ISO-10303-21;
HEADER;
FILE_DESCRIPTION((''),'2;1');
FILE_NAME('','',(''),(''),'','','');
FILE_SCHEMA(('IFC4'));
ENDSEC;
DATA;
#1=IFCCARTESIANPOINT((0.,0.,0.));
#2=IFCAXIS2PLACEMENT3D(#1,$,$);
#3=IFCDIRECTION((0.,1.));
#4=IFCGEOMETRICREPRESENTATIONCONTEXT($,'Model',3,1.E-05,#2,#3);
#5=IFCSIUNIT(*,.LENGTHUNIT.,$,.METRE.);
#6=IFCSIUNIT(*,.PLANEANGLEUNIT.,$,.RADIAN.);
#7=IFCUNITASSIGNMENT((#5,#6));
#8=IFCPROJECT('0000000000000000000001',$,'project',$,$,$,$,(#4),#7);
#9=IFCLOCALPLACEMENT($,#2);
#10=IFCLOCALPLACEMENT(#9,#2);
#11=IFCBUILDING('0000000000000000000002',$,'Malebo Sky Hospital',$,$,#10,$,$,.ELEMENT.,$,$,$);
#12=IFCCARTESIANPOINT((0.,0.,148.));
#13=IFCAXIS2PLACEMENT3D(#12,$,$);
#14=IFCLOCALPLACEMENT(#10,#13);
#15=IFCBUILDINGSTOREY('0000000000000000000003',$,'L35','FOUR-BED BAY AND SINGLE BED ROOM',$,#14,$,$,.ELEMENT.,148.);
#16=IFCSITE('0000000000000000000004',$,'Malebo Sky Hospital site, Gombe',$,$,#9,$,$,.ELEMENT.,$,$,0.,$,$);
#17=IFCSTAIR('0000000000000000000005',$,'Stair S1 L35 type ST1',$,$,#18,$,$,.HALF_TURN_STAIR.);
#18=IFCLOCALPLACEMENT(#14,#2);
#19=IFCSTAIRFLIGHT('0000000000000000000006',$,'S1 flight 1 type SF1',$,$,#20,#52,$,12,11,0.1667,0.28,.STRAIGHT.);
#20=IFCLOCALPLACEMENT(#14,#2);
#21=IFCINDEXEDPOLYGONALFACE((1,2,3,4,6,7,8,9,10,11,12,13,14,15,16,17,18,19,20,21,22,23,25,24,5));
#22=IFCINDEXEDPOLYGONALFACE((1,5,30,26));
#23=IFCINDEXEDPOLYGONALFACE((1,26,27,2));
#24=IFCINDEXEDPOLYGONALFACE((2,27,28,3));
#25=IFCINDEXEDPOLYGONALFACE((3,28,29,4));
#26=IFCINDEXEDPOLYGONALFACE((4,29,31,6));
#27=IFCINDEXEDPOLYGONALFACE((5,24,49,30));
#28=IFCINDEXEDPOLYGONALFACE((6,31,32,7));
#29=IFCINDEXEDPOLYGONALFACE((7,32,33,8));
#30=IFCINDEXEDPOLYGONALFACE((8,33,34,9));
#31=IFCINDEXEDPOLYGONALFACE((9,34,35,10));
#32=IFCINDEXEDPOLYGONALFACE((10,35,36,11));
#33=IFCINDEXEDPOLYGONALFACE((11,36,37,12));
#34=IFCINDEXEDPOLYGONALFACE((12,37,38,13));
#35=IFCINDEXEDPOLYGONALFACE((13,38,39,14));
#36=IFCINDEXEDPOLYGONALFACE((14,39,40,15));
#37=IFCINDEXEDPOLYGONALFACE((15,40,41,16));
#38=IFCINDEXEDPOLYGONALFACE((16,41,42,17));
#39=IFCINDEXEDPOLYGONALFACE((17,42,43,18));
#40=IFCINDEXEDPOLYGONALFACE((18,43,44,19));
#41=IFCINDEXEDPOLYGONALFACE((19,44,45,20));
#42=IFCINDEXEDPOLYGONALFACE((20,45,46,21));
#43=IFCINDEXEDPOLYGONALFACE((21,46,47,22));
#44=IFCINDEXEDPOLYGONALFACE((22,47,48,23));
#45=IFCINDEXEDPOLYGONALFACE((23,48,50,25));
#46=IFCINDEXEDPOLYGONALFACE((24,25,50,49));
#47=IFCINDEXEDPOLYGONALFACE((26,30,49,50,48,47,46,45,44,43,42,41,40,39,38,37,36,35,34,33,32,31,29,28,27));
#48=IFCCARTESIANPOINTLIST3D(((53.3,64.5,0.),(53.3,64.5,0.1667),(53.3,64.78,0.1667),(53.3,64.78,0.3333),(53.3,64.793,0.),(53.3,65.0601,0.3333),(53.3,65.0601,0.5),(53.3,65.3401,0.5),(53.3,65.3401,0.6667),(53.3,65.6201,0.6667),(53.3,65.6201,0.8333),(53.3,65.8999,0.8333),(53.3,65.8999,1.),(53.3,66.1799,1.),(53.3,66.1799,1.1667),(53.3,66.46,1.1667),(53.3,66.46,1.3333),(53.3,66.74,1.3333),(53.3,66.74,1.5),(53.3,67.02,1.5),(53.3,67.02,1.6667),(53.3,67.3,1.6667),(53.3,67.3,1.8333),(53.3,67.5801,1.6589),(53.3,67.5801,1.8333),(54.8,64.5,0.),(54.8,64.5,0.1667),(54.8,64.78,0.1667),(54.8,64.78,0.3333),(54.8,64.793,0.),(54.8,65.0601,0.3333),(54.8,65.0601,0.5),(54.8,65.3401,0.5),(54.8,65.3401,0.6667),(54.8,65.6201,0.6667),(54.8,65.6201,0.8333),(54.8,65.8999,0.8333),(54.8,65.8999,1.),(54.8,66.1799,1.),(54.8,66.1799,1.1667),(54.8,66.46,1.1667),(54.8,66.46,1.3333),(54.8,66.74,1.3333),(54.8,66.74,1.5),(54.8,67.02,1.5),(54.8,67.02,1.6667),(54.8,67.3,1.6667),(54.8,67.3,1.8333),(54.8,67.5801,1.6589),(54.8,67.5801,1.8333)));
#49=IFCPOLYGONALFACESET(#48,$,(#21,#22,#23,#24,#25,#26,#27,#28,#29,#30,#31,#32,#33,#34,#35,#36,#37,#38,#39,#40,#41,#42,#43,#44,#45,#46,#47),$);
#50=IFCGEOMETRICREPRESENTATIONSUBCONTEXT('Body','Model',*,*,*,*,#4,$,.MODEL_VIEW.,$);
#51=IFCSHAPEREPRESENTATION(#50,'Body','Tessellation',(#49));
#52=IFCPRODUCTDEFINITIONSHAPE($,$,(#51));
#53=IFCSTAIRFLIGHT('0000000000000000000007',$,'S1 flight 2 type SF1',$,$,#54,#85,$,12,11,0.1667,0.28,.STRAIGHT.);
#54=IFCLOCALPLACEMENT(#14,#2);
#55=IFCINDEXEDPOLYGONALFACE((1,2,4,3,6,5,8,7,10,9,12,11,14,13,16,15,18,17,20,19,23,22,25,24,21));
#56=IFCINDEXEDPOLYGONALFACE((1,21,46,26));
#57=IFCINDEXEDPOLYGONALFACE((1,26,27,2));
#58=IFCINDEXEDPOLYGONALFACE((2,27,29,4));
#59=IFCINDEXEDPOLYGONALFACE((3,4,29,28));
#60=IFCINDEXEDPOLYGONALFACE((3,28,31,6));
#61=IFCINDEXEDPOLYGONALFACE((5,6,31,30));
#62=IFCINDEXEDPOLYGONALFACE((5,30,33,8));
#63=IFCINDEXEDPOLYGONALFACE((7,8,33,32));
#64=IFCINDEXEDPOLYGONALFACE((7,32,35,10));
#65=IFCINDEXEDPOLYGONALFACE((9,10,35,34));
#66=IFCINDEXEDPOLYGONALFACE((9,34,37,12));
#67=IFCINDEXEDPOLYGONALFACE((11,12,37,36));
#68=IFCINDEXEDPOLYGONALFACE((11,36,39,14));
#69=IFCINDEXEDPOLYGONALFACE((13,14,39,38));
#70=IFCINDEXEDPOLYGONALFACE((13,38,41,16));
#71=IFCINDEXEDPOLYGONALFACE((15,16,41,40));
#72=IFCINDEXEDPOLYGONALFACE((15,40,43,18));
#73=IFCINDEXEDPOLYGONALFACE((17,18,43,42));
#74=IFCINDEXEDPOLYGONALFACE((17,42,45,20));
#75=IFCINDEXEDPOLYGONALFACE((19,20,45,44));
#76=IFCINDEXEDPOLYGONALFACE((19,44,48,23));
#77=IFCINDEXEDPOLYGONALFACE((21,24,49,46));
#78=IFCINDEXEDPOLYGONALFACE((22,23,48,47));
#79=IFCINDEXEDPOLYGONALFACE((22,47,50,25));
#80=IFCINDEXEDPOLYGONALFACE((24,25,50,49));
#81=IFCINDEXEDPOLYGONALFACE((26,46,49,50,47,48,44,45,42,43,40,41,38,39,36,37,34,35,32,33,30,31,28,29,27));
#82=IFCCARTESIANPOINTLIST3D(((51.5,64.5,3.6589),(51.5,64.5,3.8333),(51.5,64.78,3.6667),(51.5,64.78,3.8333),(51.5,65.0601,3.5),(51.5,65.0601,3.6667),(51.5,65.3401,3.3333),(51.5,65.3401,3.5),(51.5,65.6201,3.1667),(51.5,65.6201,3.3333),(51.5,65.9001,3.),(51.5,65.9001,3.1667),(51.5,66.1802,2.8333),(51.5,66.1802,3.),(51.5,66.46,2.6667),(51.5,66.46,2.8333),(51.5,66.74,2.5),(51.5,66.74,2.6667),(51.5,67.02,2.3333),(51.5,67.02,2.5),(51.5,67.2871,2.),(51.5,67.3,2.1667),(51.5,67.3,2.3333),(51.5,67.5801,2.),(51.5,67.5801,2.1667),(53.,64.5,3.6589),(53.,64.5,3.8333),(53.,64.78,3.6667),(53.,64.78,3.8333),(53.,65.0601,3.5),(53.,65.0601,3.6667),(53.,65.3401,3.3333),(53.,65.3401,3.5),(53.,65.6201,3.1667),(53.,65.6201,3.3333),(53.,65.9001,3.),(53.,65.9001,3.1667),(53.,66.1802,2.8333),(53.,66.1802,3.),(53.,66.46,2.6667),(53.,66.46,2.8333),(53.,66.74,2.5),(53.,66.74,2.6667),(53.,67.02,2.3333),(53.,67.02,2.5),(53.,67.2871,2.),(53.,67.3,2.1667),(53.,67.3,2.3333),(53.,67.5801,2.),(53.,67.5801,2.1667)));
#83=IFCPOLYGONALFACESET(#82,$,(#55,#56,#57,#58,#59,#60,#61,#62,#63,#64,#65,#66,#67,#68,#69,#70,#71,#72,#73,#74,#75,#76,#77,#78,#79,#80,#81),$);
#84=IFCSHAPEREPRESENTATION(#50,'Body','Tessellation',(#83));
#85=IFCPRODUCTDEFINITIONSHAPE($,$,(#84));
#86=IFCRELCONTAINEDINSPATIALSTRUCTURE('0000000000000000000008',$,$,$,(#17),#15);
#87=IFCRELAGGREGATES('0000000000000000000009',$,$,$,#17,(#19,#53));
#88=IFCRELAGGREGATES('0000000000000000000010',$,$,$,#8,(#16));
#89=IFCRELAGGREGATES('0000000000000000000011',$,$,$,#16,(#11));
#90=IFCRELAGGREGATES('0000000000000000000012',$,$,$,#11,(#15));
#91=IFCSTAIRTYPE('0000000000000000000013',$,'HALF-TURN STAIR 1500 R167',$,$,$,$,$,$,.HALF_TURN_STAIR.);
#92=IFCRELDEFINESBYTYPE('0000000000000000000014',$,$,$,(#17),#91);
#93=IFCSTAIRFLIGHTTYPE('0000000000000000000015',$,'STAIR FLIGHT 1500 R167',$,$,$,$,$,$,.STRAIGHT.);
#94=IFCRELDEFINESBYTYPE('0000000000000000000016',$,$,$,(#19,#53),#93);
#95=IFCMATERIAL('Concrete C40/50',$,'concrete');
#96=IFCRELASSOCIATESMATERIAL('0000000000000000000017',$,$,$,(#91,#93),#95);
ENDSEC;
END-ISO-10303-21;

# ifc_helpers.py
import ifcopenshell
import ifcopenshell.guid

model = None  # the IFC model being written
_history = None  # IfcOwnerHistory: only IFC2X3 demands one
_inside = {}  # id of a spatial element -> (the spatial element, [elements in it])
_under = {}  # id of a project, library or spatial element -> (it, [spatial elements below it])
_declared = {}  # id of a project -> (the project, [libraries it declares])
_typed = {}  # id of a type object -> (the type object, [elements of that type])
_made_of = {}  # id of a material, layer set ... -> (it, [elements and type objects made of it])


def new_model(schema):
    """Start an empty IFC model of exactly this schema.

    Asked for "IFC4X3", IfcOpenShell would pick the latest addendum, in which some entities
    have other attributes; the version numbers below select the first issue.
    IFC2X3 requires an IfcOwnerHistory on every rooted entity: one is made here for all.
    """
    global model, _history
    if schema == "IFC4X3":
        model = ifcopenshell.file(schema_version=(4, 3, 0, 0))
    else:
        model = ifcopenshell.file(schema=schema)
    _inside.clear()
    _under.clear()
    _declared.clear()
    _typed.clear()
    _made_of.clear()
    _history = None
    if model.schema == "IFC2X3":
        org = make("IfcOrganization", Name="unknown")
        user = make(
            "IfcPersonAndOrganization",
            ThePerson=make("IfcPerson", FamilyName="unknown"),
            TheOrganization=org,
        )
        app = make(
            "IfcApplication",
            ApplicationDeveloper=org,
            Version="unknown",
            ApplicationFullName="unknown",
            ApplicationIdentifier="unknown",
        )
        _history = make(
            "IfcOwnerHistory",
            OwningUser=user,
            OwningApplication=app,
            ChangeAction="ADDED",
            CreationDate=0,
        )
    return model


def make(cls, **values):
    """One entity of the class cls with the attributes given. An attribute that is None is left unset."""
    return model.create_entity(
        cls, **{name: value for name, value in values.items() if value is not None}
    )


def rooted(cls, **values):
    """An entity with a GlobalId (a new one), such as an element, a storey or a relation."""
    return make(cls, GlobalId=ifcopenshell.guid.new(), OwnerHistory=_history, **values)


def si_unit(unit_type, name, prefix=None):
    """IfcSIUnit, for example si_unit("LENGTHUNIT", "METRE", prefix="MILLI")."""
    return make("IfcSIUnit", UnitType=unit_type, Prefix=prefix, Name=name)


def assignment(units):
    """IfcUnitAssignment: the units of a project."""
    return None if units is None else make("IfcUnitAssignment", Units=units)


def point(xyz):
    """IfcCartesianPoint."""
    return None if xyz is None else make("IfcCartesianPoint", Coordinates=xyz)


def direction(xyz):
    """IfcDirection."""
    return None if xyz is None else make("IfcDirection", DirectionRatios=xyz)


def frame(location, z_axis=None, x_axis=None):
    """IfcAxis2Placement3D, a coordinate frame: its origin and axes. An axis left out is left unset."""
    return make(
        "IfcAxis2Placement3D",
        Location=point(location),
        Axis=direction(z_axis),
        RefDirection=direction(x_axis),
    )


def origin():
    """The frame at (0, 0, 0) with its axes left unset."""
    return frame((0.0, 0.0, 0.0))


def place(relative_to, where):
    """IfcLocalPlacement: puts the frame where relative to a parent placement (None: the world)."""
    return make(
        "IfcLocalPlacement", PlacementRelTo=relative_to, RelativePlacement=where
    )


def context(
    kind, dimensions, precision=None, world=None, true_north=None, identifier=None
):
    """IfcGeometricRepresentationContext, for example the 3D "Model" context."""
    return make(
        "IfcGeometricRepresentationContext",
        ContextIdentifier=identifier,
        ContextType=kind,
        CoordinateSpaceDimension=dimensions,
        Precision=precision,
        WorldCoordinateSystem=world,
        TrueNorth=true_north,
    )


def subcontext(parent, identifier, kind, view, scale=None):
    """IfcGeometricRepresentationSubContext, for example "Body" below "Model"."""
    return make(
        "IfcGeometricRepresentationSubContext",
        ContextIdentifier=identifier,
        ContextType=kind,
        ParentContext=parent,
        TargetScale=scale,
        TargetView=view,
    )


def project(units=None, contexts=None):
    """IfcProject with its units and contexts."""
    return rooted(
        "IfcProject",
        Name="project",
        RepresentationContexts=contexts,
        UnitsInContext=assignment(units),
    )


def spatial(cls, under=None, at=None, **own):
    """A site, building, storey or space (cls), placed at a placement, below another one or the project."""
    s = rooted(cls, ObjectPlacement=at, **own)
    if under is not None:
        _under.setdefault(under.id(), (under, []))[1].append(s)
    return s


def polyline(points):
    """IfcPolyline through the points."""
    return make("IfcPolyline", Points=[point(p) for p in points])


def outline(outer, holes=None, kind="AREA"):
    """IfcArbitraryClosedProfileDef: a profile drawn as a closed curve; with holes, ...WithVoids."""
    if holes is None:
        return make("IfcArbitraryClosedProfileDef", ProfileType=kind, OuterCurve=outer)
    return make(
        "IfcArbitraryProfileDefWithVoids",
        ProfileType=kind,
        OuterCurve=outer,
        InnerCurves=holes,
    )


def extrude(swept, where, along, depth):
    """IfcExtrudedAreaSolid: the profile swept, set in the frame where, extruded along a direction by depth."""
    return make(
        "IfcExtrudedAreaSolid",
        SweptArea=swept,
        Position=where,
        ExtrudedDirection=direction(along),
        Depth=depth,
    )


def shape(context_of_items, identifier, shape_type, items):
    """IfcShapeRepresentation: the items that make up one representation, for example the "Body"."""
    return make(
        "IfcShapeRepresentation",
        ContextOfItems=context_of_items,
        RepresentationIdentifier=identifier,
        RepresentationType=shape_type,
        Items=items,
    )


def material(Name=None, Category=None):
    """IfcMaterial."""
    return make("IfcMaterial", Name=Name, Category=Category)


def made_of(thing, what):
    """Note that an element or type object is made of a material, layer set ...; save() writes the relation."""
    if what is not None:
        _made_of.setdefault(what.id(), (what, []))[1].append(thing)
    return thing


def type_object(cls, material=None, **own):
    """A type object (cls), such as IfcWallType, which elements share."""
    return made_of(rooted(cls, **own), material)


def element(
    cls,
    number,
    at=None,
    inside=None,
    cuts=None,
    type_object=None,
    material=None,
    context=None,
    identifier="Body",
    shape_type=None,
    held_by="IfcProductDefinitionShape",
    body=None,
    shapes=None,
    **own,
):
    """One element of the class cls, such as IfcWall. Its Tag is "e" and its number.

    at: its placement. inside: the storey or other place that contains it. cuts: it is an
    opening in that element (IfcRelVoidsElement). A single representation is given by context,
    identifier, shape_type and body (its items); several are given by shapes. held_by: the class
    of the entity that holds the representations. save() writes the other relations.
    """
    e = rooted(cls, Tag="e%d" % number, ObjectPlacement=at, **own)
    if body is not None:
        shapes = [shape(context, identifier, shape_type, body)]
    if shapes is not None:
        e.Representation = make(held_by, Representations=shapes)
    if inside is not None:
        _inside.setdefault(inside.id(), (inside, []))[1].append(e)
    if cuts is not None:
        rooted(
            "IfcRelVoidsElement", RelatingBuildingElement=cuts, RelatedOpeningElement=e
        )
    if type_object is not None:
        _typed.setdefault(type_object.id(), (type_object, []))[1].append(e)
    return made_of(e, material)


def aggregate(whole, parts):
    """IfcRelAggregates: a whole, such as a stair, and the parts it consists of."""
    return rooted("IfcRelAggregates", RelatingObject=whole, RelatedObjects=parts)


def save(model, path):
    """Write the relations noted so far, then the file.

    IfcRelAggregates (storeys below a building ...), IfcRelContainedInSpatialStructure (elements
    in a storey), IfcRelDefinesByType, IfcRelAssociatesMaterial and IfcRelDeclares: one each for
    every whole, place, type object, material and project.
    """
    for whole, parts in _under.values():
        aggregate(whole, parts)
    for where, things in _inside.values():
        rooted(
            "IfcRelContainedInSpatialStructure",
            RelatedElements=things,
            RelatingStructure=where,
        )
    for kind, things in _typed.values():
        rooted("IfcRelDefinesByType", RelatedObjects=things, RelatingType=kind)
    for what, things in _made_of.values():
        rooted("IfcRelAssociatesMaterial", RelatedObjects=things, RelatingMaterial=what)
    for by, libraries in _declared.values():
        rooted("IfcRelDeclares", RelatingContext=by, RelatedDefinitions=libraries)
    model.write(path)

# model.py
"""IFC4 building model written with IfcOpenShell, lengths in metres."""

from ifc_helpers import new_model, si_unit, direction, frame, origin, place, context, subcontext, project, spatial, polyline, outline, extrude, material, type_object, element, aggregate, save


model = new_model("IFC4")

# Units and contexts
model_context = context("Model", 3, precision=1e-05, world=origin(), true_north=direction((0.0, 1.0)))
body_context = subcontext(model_context, "Body", "Model", "MODEL_VIEW")
ifc_project = project(units=[si_unit("LENGTHUNIT", "METRE"), si_unit("PLANEANGLEUNIT", "RADIAN")], contexts=[model_context])

# Site, building, storey
site_placement = place(None, origin())
site = spatial("IfcSite", under=ifc_project, at=site_placement, Name="Malebo Sky Hospital site, Gombe", CompositionType="ELEMENT", RefElevation=0.0)
building_placement = place(site_placement, origin())
building = spatial("IfcBuilding", under=site, at=building_placement, Name="Malebo Sky Hospital", CompositionType="ELEMENT")
storey_placement = place(building_placement, frame((0.0, 0.0, 148.0)))
storey = spatial("IfcBuildingStorey", under=building, at=storey_placement, Name="L35", Description="FOUR-BED BAY AND SINGLE BED ROOM", CompositionType="ELEMENT", Elevation=148.0)

# Stair, stair flights
ifc_material_1 = material(Name="Concrete C40/50", Category="concrete")
stair_type = type_object("IfcStairType", Name="HALF-TURN STAIR 1500 R167", PredefinedType="HALF_TURN_STAIR", material=ifc_material_1)
stair_placement = place(storey_placement, origin())
stair = element("IfcStair", 1, at=stair_placement, inside=storey, type_object=stair_type, Name="Stair S1 L35 type ST1", PredefinedType="HALF_TURN_STAIR")
stair_flight_type = type_object("IfcStairFlightType", Name="STAIR FLIGHT 1500 R167", PredefinedType="STRAIGHT", material=ifc_material_1)
stair_flight_1_placement = place(storey_placement, frame((54.05, 64.5, 0.0), z_axis=(0.0, 0.0, 1.0), x_axis=(0.0, 1.0, 0.0)))
stair_flight_1 = element("IfcStairFlight", 2, at=stair_flight_1_placement, type_object=stair_flight_type, Name="S1 flight 1 type SF1", NumberOfRisers=12, NumberOfTreads=11, PredefinedType="STRAIGHT", RiserHeight=0.1667, TreadLength=0.28, context=body_context, shape_type="SweptSolid", body=[
    extrude(outline(polyline([(0.0, 0.0), (0.0, 0.1667), (0.28, 0.1667), (0.28, 0.3333), (0.5601, 0.3333), (0.5601, 0.5), (0.8401, 0.5), (0.8401, 0.6667), (1.1201, 0.6667), (1.1201, 0.8333), (1.3999, 0.8333), (1.3999, 1.0), (1.6799, 1.0), (1.6799, 1.1667), (1.96, 1.1667), (1.96, 1.3333), (2.24, 1.3333), (2.24, 1.5), (2.52, 1.5), (2.52, 1.6667), (2.8, 1.6667), (2.8, 1.8333), (3.0801, 1.8333), (3.0801, 2.0), (3.0801, 1.6589), (0.293, 0.0), (0.0, 0.0)])), frame((0.0, 0.75, 0.0), z_axis=(0.0, -1.0, 0.0), x_axis=(1.0, 0.0, 0.0)), (0.0, 0.0, 1.0), 1.5),
])
stair_flight_2_placement = place(storey_placement, frame((52.25, 67.5801, 2.0), z_axis=(0.0, 0.0, 1.0), x_axis=(0.0, -1.0, 0.0)))
stair_flight_2 = element("IfcStairFlight", 3, at=stair_flight_2_placement, type_object=stair_flight_type, Name="S1 flight 2 type SF1", NumberOfRisers=12, NumberOfTreads=11, PredefinedType="STRAIGHT", RiserHeight=0.1667, TreadLength=0.28, context=body_context, shape_type="SweptSolid", body=[
    extrude(outline(polyline([(0.0, 0.0), (0.0, 0.1667), (0.28, 0.1667), (0.28, 0.3333), (0.5601, 0.3333), (0.5601, 0.5), (0.8401, 0.5), (0.8401, 0.6667), (1.1201, 0.6667), (1.1201, 0.8333), (1.3999, 0.8333), (1.3999, 1.0), (1.6799, 1.0), (1.6799, 1.1667), (1.96, 1.1667), (1.96, 1.3333), (2.24, 1.3333), (2.24, 1.5), (2.52, 1.5), (2.52, 1.6667), (2.8, 1.6667), (2.8, 1.8333), (3.0801, 1.8333), (3.0801, 2.0), (3.0801, 1.6589), (0.293, 0.0), (0.0, 0.0)])), frame((0.0, 0.75, 0.0), z_axis=(0.0, -1.0, 0.0), x_axis=(1.0, 0.0, 0.0)), (0.0, 0.0, 1.0), 1.5),
])
aggregate(stair, [stair_flight_1, stair_flight_2])

save(model, "model.ifc")
